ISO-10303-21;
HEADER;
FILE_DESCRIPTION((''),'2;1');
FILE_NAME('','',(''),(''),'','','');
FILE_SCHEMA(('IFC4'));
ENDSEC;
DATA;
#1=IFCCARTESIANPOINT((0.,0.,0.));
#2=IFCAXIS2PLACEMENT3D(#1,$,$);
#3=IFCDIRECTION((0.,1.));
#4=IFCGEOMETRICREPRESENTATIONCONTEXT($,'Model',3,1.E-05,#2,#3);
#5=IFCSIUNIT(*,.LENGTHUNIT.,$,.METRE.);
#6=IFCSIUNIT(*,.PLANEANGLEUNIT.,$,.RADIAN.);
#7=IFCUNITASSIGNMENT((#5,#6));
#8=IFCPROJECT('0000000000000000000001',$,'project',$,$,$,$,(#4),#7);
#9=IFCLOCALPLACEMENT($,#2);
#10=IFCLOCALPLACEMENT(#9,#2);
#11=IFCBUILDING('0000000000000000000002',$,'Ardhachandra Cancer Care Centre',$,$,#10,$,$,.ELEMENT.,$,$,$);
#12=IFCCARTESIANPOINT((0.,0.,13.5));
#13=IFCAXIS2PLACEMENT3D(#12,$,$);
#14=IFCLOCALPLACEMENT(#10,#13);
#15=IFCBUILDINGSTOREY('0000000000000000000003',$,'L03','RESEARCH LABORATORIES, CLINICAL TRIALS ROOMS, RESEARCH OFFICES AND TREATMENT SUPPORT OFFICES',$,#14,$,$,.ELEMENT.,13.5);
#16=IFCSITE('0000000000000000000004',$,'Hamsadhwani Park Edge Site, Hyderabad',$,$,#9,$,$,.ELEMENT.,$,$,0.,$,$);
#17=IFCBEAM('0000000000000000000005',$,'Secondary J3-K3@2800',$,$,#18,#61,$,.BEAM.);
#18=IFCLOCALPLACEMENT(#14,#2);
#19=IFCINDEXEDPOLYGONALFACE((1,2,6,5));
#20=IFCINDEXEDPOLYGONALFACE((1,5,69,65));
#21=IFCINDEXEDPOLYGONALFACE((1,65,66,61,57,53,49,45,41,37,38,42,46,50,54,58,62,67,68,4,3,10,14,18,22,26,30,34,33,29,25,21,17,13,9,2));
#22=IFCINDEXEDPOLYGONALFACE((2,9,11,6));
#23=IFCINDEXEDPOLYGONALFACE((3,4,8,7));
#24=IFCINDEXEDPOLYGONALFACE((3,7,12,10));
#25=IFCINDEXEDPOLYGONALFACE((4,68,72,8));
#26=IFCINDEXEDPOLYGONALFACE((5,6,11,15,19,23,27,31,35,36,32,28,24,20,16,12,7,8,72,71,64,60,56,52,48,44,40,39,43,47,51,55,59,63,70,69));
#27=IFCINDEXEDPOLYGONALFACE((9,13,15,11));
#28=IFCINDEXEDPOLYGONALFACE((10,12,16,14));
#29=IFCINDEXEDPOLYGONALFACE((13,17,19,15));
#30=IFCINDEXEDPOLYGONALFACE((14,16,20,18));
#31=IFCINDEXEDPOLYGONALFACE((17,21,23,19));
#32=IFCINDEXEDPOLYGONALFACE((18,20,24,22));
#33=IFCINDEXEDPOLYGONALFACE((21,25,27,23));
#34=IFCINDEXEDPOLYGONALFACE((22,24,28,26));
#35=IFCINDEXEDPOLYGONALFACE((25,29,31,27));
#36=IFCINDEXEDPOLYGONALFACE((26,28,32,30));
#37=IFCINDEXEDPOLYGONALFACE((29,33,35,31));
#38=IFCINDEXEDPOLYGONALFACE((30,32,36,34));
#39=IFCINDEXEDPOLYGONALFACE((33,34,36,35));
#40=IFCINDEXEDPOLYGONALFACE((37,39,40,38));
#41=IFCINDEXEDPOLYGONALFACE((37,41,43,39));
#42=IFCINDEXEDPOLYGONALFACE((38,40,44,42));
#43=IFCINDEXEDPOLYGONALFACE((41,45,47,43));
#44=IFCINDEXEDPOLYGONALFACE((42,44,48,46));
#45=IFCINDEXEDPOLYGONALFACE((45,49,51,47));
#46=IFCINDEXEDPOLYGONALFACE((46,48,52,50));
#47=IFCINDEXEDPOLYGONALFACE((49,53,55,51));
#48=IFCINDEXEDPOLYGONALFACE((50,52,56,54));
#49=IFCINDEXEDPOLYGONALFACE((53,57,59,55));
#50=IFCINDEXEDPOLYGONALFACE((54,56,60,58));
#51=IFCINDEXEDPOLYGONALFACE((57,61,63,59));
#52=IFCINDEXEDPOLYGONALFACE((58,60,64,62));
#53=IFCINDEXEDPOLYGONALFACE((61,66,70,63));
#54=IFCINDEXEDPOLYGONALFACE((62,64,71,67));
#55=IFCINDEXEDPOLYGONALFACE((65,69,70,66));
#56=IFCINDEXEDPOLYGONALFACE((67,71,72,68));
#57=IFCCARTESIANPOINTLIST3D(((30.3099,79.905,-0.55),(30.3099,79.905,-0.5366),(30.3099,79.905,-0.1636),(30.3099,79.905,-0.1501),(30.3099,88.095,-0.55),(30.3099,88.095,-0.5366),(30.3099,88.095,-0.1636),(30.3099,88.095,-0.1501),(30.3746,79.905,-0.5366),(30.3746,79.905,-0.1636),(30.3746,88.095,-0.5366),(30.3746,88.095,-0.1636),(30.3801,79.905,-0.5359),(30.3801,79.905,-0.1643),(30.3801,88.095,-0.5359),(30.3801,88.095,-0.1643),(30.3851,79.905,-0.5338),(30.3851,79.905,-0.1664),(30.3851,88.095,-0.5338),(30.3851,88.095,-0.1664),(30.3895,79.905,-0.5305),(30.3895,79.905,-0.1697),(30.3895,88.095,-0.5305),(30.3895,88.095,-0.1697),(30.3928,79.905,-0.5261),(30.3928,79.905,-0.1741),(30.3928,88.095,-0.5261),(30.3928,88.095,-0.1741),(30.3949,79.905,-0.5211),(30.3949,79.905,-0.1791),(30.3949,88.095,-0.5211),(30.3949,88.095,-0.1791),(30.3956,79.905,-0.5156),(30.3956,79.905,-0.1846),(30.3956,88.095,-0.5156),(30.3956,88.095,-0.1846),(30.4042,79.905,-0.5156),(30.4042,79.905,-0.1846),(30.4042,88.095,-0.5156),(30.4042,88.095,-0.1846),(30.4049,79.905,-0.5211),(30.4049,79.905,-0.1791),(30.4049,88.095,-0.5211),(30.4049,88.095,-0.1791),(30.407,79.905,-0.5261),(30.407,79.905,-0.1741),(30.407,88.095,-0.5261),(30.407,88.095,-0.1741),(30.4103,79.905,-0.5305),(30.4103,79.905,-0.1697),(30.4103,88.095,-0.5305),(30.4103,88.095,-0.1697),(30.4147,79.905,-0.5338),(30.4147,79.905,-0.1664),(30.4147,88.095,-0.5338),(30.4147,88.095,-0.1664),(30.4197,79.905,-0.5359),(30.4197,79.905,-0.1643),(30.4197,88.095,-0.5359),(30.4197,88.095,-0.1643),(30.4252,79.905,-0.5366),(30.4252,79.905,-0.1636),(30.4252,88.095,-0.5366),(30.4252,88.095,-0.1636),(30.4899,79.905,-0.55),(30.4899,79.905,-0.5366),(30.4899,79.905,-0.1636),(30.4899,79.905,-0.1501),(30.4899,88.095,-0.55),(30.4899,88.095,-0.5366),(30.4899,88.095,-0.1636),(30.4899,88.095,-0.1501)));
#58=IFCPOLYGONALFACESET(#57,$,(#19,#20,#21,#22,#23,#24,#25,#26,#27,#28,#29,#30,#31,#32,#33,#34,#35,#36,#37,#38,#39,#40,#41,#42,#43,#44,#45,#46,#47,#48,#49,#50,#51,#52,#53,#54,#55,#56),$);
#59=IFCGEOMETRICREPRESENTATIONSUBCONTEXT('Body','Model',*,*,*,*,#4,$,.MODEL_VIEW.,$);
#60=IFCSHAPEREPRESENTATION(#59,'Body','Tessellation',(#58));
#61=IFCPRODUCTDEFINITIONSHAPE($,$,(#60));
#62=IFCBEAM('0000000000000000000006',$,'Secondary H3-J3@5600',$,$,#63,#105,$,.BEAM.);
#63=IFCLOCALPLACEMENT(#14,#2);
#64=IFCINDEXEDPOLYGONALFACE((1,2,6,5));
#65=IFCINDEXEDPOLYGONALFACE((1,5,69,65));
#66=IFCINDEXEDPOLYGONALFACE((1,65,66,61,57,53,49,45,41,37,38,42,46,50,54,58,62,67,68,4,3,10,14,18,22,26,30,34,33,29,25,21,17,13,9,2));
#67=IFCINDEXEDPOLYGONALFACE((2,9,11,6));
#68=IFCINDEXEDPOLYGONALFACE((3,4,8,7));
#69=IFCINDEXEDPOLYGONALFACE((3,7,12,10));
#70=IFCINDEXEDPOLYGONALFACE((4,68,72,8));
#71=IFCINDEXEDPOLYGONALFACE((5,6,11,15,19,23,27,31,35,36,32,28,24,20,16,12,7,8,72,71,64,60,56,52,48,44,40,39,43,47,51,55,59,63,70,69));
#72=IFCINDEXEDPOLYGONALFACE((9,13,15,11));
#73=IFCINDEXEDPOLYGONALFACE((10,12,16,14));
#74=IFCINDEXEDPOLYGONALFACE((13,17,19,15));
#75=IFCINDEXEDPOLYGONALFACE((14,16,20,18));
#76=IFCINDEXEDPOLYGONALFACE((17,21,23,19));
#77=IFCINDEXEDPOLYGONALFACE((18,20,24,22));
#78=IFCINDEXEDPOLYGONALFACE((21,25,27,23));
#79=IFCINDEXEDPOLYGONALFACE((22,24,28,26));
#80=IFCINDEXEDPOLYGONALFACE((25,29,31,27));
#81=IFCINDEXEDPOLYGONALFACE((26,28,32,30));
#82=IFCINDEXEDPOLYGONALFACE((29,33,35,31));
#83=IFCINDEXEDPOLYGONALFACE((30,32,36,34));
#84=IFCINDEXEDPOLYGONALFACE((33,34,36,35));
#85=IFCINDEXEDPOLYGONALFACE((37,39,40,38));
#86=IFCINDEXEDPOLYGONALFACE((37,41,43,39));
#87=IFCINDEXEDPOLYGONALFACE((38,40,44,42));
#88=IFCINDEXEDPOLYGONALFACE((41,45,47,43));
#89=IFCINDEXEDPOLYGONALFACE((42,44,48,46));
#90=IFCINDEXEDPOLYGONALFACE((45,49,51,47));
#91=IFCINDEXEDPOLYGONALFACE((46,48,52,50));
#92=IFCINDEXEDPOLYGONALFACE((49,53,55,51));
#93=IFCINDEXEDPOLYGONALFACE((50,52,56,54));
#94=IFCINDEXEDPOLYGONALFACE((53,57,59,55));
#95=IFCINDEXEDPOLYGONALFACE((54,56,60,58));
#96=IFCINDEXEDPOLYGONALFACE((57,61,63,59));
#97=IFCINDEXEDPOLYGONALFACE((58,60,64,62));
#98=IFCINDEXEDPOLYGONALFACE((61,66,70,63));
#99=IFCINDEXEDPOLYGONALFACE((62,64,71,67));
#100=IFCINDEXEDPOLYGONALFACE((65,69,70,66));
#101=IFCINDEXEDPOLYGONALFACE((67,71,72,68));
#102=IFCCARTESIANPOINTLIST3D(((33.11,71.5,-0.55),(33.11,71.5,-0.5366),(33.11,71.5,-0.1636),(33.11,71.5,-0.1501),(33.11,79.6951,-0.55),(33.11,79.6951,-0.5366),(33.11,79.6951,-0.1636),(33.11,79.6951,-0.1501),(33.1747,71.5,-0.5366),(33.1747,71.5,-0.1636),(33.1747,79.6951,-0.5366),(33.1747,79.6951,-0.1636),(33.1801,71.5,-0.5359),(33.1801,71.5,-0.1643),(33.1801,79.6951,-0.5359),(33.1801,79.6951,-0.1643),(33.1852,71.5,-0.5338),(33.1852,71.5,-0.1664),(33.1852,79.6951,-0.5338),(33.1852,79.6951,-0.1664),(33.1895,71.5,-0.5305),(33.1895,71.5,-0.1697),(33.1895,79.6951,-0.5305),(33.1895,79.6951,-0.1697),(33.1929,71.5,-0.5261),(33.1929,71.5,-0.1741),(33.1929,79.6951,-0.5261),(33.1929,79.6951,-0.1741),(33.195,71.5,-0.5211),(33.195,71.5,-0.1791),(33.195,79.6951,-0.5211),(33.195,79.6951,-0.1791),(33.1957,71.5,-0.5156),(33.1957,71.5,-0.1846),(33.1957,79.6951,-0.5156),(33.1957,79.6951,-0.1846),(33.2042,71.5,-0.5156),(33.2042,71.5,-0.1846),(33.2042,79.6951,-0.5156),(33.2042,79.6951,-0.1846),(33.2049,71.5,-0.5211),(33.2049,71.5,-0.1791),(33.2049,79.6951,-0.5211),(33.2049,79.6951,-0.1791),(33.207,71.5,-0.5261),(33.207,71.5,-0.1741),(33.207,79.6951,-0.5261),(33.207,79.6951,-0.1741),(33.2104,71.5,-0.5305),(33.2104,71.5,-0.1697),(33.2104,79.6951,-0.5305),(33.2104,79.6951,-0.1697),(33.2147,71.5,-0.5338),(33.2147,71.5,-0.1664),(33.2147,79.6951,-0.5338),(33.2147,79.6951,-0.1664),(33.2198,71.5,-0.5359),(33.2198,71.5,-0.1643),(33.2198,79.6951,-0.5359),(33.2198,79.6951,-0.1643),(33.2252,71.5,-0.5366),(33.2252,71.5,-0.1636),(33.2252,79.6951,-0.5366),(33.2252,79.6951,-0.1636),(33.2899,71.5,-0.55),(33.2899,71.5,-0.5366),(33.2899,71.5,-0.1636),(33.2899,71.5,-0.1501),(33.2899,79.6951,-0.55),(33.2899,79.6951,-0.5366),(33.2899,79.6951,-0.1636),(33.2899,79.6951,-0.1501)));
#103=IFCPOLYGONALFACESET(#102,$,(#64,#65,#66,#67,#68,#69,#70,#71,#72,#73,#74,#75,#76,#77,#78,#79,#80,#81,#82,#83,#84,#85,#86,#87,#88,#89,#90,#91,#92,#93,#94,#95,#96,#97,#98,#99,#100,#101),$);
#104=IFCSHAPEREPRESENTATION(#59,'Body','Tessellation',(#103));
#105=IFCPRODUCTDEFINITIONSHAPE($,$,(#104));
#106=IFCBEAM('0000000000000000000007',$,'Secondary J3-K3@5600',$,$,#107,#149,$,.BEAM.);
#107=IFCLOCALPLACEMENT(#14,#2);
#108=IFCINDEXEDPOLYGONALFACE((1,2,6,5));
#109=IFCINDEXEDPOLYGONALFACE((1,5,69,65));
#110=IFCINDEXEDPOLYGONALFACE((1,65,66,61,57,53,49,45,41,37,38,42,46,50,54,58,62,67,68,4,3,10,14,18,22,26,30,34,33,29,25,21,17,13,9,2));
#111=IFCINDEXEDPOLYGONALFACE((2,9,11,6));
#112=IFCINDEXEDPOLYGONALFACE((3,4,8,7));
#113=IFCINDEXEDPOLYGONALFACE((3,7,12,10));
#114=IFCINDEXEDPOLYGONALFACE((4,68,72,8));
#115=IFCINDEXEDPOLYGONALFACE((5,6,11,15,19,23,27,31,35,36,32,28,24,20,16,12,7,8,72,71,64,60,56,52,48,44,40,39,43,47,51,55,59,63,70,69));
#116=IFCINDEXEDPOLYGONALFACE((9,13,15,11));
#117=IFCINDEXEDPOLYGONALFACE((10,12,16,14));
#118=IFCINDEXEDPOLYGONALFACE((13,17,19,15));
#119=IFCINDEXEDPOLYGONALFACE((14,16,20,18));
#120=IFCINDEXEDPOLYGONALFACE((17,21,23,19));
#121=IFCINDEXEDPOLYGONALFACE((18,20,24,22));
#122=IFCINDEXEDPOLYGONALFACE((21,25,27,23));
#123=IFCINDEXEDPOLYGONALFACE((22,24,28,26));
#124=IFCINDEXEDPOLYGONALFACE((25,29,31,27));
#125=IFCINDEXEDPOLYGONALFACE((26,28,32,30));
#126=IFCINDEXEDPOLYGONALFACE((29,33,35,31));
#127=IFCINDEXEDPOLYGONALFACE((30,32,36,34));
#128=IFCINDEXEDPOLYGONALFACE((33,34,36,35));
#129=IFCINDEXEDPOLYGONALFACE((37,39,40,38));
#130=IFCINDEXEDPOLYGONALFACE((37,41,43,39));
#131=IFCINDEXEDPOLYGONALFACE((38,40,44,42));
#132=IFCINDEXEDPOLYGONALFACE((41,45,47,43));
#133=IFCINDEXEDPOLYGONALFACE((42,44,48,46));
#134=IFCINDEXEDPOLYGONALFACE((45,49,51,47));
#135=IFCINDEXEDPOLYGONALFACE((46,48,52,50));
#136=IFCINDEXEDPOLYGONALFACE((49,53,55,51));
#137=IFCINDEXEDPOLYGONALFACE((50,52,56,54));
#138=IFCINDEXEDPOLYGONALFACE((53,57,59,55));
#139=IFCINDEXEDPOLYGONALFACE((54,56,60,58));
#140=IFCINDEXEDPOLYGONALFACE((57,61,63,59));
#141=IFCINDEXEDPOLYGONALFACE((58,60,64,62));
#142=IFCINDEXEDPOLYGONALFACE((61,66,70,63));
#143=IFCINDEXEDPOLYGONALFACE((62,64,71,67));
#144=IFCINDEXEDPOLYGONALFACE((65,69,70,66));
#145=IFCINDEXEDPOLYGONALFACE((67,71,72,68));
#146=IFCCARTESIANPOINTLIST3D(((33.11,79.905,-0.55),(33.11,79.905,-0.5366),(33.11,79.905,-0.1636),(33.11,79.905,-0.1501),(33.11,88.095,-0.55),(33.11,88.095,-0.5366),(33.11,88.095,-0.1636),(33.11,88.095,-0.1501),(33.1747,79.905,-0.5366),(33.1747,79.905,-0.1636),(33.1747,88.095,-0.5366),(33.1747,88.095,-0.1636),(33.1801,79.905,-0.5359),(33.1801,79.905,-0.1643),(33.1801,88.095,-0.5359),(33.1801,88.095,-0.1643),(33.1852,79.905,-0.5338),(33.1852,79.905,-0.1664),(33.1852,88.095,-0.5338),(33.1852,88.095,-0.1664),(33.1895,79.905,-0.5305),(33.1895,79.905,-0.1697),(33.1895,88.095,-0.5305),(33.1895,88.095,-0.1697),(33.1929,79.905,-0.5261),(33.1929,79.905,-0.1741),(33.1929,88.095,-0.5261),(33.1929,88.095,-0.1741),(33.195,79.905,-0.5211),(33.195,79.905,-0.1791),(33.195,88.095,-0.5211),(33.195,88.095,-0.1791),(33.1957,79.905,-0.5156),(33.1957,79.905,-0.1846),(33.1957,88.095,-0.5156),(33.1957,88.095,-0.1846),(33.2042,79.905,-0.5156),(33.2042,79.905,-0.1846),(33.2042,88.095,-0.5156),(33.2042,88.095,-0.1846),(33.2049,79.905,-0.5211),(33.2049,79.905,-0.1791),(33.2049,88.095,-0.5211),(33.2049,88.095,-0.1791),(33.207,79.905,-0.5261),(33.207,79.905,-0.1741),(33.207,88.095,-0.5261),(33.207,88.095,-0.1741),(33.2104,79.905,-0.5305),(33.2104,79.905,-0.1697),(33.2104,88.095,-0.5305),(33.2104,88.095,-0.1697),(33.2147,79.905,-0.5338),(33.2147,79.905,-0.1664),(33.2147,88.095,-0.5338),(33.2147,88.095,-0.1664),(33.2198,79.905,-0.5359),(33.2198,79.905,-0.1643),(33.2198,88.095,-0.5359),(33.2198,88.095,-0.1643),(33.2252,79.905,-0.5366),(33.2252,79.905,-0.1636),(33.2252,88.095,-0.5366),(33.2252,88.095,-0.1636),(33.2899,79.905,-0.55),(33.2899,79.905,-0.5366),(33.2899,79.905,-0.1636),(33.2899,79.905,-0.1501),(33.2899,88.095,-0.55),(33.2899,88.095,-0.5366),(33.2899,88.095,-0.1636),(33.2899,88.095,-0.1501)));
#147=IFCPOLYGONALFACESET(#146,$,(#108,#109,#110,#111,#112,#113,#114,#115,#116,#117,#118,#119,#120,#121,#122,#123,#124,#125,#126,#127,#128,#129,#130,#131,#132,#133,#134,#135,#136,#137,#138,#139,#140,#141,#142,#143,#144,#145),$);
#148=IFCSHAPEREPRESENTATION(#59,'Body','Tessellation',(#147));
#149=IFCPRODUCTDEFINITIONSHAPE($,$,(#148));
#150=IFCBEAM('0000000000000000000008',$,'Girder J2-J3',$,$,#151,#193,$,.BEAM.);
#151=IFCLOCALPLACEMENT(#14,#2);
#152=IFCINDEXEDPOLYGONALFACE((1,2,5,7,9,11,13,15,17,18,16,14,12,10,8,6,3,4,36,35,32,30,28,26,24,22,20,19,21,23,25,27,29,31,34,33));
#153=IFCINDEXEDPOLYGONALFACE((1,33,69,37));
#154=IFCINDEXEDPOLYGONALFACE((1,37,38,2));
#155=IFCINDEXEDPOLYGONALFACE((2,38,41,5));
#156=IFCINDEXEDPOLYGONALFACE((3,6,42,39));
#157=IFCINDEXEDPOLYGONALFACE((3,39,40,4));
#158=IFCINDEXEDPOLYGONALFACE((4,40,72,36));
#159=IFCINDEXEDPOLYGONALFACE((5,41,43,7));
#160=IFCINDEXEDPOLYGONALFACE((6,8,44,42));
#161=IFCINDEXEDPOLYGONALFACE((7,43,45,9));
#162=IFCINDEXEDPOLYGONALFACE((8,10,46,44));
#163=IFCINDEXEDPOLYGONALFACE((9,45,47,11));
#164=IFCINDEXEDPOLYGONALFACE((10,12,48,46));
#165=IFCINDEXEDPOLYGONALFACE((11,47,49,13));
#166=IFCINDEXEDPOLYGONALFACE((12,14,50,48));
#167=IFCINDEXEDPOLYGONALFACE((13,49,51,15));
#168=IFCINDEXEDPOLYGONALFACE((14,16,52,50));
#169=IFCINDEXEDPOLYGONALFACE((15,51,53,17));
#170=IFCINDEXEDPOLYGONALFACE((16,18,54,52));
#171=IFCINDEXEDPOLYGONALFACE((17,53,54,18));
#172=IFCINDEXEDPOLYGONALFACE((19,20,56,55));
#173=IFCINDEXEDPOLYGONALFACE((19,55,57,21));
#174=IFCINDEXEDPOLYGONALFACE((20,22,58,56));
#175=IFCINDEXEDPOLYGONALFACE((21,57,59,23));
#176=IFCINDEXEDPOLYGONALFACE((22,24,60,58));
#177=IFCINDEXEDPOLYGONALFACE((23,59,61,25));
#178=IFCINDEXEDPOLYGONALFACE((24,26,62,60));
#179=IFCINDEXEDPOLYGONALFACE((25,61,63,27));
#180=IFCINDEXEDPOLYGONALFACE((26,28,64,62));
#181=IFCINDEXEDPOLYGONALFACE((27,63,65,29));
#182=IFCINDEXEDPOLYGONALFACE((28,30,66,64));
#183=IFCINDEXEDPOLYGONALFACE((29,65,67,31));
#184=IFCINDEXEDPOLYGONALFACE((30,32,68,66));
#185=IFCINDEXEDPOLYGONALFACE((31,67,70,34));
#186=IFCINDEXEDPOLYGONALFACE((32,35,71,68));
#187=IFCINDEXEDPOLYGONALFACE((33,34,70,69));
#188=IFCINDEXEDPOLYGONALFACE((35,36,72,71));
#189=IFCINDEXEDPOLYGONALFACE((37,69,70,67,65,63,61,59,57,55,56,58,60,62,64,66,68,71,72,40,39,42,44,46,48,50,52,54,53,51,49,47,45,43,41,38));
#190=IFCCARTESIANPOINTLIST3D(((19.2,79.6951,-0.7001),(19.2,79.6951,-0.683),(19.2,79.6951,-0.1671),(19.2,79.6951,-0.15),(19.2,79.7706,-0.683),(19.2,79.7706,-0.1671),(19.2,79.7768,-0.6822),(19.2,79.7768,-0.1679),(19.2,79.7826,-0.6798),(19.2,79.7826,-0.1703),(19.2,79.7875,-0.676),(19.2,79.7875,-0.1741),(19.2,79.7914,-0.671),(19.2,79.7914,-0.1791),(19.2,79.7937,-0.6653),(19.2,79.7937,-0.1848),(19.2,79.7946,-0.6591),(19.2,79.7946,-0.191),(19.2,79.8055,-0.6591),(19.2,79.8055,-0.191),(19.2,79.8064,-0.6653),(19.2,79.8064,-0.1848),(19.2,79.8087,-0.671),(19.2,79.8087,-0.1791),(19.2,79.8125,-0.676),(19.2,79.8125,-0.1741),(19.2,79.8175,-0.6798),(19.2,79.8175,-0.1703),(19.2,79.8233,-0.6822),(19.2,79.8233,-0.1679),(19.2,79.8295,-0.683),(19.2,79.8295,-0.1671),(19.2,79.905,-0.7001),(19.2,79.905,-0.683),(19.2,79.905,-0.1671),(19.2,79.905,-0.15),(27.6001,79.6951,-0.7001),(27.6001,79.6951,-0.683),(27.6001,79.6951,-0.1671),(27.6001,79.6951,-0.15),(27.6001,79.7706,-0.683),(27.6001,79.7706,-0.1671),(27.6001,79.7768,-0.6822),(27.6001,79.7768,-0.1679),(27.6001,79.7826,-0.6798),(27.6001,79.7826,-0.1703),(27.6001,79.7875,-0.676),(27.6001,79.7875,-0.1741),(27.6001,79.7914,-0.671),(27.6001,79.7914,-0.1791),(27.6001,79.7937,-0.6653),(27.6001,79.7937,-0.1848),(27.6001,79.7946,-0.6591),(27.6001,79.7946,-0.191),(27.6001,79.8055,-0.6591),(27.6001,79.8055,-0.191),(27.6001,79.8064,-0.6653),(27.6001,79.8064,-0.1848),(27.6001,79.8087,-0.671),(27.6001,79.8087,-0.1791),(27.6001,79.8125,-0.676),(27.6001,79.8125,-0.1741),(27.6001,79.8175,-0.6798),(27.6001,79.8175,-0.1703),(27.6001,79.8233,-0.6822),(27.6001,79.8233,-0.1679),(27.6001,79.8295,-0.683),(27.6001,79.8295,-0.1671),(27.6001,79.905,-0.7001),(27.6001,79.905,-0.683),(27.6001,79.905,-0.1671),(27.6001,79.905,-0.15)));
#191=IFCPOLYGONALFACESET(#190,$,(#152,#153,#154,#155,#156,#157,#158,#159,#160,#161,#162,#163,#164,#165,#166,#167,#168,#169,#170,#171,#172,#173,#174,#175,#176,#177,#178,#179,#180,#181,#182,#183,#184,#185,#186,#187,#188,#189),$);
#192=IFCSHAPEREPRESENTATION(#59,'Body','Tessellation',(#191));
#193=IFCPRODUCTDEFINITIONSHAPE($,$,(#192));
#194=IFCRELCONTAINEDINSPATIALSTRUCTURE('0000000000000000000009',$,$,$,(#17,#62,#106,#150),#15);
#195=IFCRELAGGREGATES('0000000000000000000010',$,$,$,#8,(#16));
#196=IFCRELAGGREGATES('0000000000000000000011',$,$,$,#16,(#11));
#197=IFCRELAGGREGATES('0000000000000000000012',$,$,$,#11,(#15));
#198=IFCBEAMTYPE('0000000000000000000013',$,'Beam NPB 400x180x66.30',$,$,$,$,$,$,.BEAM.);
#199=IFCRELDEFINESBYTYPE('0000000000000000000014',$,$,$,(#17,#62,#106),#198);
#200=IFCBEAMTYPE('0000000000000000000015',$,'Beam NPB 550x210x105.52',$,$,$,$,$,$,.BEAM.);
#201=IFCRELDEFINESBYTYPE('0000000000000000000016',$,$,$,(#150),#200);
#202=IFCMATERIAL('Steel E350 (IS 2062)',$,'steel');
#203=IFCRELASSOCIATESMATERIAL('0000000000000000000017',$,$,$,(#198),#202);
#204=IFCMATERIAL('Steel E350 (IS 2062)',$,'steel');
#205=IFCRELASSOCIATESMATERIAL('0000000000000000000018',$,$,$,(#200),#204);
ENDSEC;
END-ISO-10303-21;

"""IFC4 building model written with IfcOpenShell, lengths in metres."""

from ifc_helpers import new_model, si_unit, direction, frame, origin, origin_2d, place, context, subcontext, project, spatial, i_section, extrude, material, material_profile, profile_set, type_object, element, save


model = new_model("IFC4")

# Units and contexts
model_context = context("Model", 3, precision=1e-05, world=origin(), true_north=direction((0.0, 1.0)))
body_context = subcontext(model_context, "Body", "Model", "MODEL_VIEW")
ifc_project = project(units=[si_unit("LENGTHUNIT", "METRE"), si_unit("PLANEANGLEUNIT", "RADIAN")], contexts=[model_context])

# Site, building, storey
site_placement = place(None, origin())
site = spatial("IfcSite", under=ifc_project, at=site_placement, Name="Hamsadhwani Park Edge Site, Hyderabad", CompositionType="ELEMENT", RefElevation=0.0)
building_placement = place(site_placement, origin())
building = spatial("IfcBuilding", under=site, at=building_placement, Name="Ardhachandra Cancer Care Centre", CompositionType="ELEMENT")
storey_placement = place(building_placement, frame((0.0, 0.0, 13.5)))
storey = spatial("IfcBuildingStorey", under=building, at=storey_placement, Name="L03", Description="RESEARCH LABORATORIES, CLINICAL TRIALS ROOMS, RESEARCH OFFICES AND TREATMENT SUPPORT OFFICES", CompositionType="ELEMENT", Elevation=13.5)

# Beams
ifc_material_1 = material(Name="Steel E350 (IS 2062)", Category="steel")
ifc_material_profile_1 = material_profile(ifc_material_1, i_section(OverallWidth=0.1799, OverallDepth=0.3999, WebThickness=0.0085, FlangeThickness=0.0134, FilletRadius=0.021, at=origin_2d()), Name="NPB 400x180x66.30")
ifc_profile_set_1 = profile_set([ifc_material_profile_1], Name="Steel E350 (IS 2062)")
beam_type_1 = type_object("IfcBeamType", Name="Beam NPB 400x180x66.30", PredefinedType="BEAM", material=ifc_profile_set_1)
beam_1_placement = place(storey_placement, frame((30.3999, 79.905, -0.3501), z_axis=(0.0, 1.0, 0.0), x_axis=(-1.0, 0.0, 0.0)))
element("IfcBeam", 1, at=beam_1_placement, inside=storey, type_object=beam_type_1, Name="Secondary J3-K3@2800", PredefinedType="BEAM", context=body_context, shape_type="SweptSolid", body=[
    extrude(i_section(OverallWidth=0.1799, OverallDepth=0.3999, WebThickness=0.0085, FlangeThickness=0.0134, FilletRadius=0.021, at=origin_2d()), origin(), (0.0, 0.0, 1.0), 8.1899),
])
beam_2_placement = place(storey_placement, frame((33.2, 71.5, -0.3501), z_axis=(0.0, 1.0, 0.0), x_axis=(-1.0, 0.0, 0.0)))
element("IfcBeam", 2, at=beam_2_placement, inside=storey, type_object=beam_type_1, Name="Secondary H3-J3@5600", PredefinedType="BEAM", context=body_context, shape_type="SweptSolid", body=[
    extrude(i_section(OverallWidth=0.1799, OverallDepth=0.3999, WebThickness=0.0085, FlangeThickness=0.0134, FilletRadius=0.021, at=origin_2d()), origin(), (0.0, 0.0, 1.0), 8.1951),
])
beam_3_placement = place(storey_placement, frame((33.2, 79.905, -0.3501), z_axis=(0.0, 1.0, 0.0), x_axis=(-1.0, 0.0, 0.0)))
element("IfcBeam", 3, at=beam_3_placement, inside=storey, type_object=beam_type_1, Name="Secondary J3-K3@5600", PredefinedType="BEAM", context=body_context, shape_type="SweptSolid", body=[
    extrude(i_section(OverallWidth=0.1799, OverallDepth=0.3999, WebThickness=0.0085, FlangeThickness=0.0134, FilletRadius=0.021, at=origin_2d()), origin(), (0.0, 0.0, 1.0), 8.1899),
])
ifc_material_2 = material(Name="Steel E350 (IS 2062)", Category="steel")
ifc_material_profile_2 = material_profile(ifc_material_2, i_section(OverallWidth=0.21, OverallDepth=0.55, WebThickness=0.011, FlangeThickness=0.0171, FilletRadius=0.0239, at=origin_2d()), Name="NPB 550x210x105.52")
ifc_profile_set_2 = profile_set([ifc_material_profile_2], Name="Steel E350 (IS 2062)")
beam_type_2 = type_object("IfcBeamType", Name="Beam NPB 550x210x105.52", PredefinedType="BEAM", material=ifc_profile_set_2)
beam_4_placement = place(storey_placement, frame((19.2, 79.8, -0.425), z_axis=(1.0, 0.0, 0.0), x_axis=(0.0, 1.0, 0.0)))
element("IfcBeam", 4, at=beam_4_placement, inside=storey, type_object=beam_type_2, Name="Girder J2-J3", PredefinedType="BEAM", context=body_context, shape_type="SweptSolid", body=[
    extrude(i_section(OverallWidth=0.21, OverallDepth=0.55, WebThickness=0.011, FlangeThickness=0.0171, FilletRadius=0.0239, at=origin_2d()), origin(), (0.0, 0.0, 1.0), 8.4001),
])

save(model, "model.ifc")
